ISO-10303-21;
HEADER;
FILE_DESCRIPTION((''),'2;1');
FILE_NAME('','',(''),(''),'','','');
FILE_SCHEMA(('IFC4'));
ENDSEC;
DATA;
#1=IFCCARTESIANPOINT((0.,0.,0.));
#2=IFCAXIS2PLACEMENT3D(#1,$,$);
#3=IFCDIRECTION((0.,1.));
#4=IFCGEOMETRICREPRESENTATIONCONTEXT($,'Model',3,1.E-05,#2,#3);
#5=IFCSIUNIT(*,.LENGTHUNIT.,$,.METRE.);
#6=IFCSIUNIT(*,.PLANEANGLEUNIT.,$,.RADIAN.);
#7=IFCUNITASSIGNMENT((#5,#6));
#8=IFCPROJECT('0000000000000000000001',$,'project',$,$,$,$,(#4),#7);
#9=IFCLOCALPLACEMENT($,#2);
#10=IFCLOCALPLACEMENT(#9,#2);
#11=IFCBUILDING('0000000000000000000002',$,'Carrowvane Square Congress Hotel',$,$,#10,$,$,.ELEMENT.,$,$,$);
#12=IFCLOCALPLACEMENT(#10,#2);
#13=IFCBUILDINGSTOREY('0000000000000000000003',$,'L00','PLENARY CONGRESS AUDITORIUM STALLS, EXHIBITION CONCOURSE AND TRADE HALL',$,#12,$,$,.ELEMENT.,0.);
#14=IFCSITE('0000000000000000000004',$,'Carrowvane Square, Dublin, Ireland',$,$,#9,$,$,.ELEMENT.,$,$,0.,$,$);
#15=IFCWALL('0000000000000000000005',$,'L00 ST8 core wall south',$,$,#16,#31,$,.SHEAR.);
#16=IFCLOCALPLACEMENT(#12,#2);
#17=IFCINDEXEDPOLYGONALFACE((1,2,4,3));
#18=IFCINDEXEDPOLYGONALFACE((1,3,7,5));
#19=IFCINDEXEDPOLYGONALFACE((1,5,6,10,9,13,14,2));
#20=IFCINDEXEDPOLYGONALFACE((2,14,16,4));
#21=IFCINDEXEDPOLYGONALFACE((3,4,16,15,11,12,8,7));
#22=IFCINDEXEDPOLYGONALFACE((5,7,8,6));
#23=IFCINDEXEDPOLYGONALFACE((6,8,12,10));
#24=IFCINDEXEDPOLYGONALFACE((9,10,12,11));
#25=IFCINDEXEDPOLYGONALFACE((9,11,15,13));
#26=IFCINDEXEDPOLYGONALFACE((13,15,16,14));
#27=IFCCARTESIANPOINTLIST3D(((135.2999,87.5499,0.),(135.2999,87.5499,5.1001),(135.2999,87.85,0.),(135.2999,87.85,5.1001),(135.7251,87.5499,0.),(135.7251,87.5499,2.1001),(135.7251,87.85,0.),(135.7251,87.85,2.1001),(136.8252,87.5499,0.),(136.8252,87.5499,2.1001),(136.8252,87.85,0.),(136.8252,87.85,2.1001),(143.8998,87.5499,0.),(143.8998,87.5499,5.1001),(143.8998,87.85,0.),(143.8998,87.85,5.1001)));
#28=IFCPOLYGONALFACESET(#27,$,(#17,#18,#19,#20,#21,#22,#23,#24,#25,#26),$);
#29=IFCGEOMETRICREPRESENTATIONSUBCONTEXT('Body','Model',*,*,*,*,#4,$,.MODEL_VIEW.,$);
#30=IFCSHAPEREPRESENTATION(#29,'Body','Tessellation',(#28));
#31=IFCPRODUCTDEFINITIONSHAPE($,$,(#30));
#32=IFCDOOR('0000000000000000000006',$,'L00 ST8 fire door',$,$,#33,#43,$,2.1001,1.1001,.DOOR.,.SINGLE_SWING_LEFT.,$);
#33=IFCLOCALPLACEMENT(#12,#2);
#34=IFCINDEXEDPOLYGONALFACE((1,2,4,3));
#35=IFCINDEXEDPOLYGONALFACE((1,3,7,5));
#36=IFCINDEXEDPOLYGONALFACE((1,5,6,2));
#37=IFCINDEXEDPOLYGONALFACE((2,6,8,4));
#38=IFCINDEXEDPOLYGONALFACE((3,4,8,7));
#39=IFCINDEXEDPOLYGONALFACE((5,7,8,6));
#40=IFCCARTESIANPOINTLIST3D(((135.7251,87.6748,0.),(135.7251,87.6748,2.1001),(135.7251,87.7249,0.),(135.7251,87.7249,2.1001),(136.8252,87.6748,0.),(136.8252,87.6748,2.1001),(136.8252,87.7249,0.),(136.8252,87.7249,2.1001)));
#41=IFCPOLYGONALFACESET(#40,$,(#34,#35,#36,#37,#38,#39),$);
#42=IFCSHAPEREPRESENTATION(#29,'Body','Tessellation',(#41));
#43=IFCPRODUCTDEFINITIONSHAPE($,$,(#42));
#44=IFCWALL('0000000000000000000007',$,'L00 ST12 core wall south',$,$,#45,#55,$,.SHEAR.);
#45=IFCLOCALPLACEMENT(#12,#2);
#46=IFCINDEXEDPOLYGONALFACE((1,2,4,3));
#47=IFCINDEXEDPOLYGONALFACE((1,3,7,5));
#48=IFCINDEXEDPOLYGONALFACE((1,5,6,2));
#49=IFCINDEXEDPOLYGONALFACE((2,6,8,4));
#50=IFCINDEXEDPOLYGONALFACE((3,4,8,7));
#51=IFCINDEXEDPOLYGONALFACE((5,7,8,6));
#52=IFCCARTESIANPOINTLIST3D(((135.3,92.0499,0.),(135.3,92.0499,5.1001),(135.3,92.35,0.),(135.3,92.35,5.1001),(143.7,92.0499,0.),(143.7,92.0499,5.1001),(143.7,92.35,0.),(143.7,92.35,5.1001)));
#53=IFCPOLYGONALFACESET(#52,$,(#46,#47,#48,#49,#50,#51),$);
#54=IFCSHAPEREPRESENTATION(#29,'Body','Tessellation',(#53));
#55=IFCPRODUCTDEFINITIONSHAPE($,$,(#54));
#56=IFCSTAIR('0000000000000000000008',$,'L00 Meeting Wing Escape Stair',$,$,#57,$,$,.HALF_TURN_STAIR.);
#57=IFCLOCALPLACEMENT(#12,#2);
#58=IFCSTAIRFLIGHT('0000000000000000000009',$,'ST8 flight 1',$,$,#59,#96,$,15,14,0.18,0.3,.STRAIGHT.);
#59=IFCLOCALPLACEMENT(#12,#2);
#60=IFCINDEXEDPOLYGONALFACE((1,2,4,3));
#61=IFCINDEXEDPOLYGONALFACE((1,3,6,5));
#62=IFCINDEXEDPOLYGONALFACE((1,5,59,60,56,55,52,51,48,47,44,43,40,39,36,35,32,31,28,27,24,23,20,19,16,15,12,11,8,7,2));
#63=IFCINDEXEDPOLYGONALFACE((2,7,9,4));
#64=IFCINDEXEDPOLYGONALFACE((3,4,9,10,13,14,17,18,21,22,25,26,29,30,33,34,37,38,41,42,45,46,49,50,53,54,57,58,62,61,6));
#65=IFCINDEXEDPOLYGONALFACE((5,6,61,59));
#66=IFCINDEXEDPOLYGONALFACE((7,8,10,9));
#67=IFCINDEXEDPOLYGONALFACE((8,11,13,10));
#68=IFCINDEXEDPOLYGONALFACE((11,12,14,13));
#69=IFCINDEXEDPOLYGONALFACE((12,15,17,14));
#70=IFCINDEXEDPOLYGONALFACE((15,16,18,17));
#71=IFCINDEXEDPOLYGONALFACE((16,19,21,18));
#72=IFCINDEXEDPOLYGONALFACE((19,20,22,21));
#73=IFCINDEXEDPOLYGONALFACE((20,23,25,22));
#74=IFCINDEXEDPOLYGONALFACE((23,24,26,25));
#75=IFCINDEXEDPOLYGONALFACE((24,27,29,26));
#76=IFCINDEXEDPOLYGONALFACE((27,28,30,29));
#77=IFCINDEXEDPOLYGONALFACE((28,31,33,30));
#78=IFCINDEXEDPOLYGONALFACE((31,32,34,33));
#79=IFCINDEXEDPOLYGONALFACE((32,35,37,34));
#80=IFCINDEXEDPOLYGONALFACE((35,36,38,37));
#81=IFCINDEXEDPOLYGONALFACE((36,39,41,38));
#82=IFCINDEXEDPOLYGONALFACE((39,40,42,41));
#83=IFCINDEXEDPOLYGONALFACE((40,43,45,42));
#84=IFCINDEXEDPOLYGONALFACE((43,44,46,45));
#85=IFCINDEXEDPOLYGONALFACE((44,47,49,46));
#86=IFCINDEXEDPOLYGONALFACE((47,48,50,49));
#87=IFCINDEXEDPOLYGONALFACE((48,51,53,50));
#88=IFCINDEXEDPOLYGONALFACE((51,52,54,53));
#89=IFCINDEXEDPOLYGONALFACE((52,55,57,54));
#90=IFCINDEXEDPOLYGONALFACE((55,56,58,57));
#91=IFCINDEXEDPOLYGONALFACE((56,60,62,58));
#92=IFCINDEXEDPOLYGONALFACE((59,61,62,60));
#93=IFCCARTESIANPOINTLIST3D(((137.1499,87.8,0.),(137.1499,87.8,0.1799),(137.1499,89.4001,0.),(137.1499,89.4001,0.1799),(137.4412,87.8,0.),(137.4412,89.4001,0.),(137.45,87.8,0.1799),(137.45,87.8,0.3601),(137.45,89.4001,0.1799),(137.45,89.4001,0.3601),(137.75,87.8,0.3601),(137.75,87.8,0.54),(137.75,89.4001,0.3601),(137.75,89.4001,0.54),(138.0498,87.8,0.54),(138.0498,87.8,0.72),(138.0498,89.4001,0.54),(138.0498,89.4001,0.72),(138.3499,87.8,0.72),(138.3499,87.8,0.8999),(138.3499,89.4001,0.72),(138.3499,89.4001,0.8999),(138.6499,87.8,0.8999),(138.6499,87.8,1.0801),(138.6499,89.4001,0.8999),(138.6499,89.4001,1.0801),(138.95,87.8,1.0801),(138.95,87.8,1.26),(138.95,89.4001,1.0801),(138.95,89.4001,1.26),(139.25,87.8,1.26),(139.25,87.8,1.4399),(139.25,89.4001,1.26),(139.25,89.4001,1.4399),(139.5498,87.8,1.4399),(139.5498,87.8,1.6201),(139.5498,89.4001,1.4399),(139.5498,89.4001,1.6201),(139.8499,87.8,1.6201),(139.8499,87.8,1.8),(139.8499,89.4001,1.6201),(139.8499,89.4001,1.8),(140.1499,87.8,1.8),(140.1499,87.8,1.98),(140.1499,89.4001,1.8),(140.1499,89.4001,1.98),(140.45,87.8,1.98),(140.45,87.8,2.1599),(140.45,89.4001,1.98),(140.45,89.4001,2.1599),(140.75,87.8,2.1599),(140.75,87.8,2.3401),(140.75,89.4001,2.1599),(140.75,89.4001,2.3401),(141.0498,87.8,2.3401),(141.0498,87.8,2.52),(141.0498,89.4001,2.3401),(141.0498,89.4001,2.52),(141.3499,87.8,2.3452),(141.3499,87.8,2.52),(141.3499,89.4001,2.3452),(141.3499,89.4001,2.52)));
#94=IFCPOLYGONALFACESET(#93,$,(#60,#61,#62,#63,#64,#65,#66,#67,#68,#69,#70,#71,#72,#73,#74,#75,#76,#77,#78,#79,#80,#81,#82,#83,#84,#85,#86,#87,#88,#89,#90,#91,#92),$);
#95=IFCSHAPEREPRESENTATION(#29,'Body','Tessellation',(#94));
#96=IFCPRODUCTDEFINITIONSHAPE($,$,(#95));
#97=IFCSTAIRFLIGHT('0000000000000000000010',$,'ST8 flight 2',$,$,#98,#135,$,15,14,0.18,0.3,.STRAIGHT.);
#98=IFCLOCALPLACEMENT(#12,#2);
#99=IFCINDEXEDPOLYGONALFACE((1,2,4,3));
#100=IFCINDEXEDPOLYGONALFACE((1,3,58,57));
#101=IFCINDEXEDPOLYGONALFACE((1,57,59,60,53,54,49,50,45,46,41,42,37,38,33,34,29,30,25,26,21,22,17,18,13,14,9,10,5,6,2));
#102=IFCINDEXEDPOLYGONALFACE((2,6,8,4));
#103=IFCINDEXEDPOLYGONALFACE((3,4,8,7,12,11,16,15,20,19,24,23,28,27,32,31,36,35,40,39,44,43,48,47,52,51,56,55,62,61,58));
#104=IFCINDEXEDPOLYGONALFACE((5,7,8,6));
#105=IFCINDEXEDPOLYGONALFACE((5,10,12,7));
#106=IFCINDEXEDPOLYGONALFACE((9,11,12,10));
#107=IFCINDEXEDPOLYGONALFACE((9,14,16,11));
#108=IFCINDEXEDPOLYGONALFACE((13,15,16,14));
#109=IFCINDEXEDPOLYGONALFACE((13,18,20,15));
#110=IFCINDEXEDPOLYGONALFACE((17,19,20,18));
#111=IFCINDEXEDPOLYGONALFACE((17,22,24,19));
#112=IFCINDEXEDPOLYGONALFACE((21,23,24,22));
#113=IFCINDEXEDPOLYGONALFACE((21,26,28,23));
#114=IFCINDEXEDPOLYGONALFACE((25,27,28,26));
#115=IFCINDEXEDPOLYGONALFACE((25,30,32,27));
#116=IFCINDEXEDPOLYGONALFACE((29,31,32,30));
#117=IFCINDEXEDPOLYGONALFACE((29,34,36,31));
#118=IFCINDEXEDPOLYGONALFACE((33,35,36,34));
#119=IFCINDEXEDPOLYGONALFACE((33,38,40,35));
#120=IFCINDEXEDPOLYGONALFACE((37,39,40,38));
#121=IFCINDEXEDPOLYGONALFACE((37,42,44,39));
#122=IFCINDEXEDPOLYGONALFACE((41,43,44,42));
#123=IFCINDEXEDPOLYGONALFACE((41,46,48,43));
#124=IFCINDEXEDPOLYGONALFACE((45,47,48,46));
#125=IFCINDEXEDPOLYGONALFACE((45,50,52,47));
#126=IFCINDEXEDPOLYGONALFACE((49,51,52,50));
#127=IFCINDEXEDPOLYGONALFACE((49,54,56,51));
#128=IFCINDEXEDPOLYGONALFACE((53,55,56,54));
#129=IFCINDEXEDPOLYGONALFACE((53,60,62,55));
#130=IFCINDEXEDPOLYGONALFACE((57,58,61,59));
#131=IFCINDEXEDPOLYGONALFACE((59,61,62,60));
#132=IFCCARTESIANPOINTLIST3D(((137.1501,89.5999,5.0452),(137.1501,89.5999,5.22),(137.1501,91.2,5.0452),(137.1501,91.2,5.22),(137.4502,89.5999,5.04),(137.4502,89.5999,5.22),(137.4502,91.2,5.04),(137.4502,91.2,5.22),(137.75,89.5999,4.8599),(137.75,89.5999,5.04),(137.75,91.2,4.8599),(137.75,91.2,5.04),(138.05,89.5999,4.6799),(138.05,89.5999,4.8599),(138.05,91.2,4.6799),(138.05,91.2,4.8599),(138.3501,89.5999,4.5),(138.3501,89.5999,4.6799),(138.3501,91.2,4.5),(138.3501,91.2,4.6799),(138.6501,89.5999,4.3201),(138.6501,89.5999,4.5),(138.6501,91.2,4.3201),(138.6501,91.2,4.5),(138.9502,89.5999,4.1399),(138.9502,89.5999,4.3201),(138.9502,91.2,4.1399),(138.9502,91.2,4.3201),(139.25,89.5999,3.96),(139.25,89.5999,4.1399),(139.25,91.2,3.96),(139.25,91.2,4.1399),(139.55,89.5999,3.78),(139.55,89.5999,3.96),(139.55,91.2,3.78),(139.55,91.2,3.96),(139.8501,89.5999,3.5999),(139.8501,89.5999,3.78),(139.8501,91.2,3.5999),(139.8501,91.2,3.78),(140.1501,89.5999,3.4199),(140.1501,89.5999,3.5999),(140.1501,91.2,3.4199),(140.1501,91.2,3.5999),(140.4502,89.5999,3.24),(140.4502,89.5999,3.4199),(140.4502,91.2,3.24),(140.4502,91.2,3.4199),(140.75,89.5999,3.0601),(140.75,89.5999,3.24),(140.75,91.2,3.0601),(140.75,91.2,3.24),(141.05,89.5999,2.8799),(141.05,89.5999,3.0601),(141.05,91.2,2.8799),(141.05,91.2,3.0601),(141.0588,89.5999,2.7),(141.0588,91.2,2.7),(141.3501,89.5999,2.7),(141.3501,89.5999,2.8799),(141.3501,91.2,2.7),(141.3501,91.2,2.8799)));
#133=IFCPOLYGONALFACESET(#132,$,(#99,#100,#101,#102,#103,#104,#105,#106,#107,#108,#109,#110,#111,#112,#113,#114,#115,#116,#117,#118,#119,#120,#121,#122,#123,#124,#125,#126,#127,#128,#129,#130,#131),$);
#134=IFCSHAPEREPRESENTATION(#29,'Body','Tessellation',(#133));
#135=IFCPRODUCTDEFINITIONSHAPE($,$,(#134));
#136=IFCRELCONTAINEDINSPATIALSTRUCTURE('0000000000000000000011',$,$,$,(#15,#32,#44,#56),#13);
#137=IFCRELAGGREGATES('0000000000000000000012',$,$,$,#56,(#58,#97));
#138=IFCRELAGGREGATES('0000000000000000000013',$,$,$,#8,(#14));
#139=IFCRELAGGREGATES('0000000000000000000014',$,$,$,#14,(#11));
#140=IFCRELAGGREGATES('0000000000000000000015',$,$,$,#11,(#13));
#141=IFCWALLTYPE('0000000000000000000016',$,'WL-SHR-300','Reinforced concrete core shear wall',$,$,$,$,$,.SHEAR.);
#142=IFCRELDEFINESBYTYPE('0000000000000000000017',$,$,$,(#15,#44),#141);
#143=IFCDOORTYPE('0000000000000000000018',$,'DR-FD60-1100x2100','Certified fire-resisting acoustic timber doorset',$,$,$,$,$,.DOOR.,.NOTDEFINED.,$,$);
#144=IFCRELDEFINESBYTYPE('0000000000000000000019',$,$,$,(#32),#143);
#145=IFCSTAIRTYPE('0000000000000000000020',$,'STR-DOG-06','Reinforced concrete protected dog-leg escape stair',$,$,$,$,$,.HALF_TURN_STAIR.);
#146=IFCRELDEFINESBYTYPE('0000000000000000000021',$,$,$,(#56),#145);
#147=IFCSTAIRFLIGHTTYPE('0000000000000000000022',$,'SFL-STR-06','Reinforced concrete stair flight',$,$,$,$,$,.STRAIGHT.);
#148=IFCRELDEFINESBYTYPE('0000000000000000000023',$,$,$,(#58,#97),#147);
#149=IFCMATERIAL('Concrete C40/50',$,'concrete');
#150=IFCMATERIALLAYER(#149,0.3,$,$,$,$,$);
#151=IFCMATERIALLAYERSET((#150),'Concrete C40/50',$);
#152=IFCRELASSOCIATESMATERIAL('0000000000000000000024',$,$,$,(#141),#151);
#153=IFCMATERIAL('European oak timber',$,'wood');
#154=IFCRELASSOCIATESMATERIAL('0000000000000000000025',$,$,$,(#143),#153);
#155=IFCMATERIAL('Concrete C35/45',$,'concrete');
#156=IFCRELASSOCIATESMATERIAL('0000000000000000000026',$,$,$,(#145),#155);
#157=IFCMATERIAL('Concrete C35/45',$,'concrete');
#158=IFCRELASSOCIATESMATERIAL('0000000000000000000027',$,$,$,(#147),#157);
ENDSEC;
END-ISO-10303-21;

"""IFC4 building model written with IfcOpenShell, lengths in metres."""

from ifc_helpers import new_model, si_unit, direction, frame, frame_2d, origin, place, context, subcontext, project, spatial, polyline, rectangle, outline, extrude, material, layer, layer_set, type_object, element, fill, aggregate, save


model = new_model("IFC4")

# Units and contexts
model_context = context("Model", 3, precision=1e-05, world=origin(), true_north=direction((0.0, 1.0)))
body_context = subcontext(model_context, "Body", "Model", "MODEL_VIEW")
ifc_project = project(units=[si_unit("LENGTHUNIT", "METRE"), si_unit("PLANEANGLEUNIT", "RADIAN")], contexts=[model_context])

# Site, building, storey
site_placement = place(None, origin())
site = spatial("IfcSite", under=ifc_project, at=site_placement, Name="Carrowvane Square, Dublin, Ireland", CompositionType="ELEMENT", RefElevation=0.0)
building_placement = place(site_placement, origin())
building = spatial("IfcBuilding", under=site, at=building_placement, Name="Carrowvane Square Congress Hotel", CompositionType="ELEMENT")
storey_placement = place(building_placement, origin())
storey = spatial("IfcBuildingStorey", under=building, at=storey_placement, Name="L00", Description="PLENARY CONGRESS AUDITORIUM STALLS, EXHIBITION CONCOURSE AND TRADE HALL", CompositionType="ELEMENT", Elevation=0.0)

# Wall, opening, door
ifc_material_1 = material(Name="Concrete C40/50", Category="concrete")
ifc_layer_1 = layer(ifc_material_1, 0.3)
ifc_layer_set_1 = layer_set([ifc_layer_1], Name="Concrete C40/50")
wall_type_1 = type_object("IfcWallType", Name="WL-SHR-300", Description="Reinforced concrete core shear wall", PredefinedType="SHEAR", material=ifc_layer_set_1)
wall_1_placement = place(storey_placement, frame((135.3, 87.7, 0.0), z_axis=(0.0, 0.0, 1.0), x_axis=(1.0, 0.0, 0.0)))
wall_1 = element("IfcWall", 1, at=wall_1_placement, inside=storey, type_object=wall_type_1, Name="L00 ST8 core wall south", PredefinedType="SHEAR", context=body_context, shape_type="SweptSolid", body=[
    extrude(rectangle(XDim=8.5999, YDim=0.3, at=frame_2d((4.2998, 0.0))), origin(), (0.0, 0.0, 1.0), 5.1001),
])
opening_1_placement = place(wall_1_placement, frame((0.425, 0.0, 0.0)))
opening_1 = element("IfcOpeningElement", 2, at=opening_1_placement, cuts=wall_1, PredefinedType="OPENING", context=body_context, shape_type="SweptSolid", body=[
    extrude(rectangle(XDim=1.1001, YDim=2.1001, at=frame_2d((0.55, 1.05))), frame((0.0, 0.1599, 0.0), z_axis=(0.0, -1.0, 0.0), x_axis=(1.0, 0.0, 0.0)), (0.0, 0.0, 1.0), 0.3201),
])
ifc_material_2 = material(Name="European oak timber", Category="wood")
door_type_1 = type_object("IfcDoorType", Name="DR-FD60-1100x2100", Description="Certified fire-resisting acoustic timber doorset", OperationType="NOTDEFINED", PredefinedType="DOOR", material=ifc_material_2)
door_1_placement = place(opening_1_placement, origin())
door_1 = element("IfcDoor", 3, at=door_1_placement, inside=storey, type_object=door_type_1, Name="L00 ST8 fire door", OperationType="SINGLE_SWING_LEFT", OverallHeight=2.1001, OverallWidth=1.1001, PredefinedType="DOOR", context=body_context, shape_type="SweptSolid", body=[
    extrude(rectangle(XDim=1.1001, YDim=2.1001, at=frame_2d((0.55, 1.05))), frame((0.0, 0.0249, 0.0), z_axis=(0.0, -1.0, 0.0), x_axis=(1.0, 0.0, 0.0)), (0.0, 0.0, 1.0), 0.05),
])
fill(opening_1, door_1)

# Wall
wall_2_placement = place(storey_placement, frame((135.3, 92.2, 0.0), z_axis=(0.0, 0.0, 1.0), x_axis=(1.0, 0.0, 0.0)))
element("IfcWall", 4, at=wall_2_placement, inside=storey, type_object=wall_type_1, Name="L00 ST12 core wall south", PredefinedType="SHEAR", context=body_context, shape_type="SweptSolid", body=[
    extrude(rectangle(XDim=8.3999, YDim=0.3, at=frame_2d((4.2, 0.0))), origin(), (0.0, 0.0, 1.0), 5.1001),
])

# Stair, stair flights
ifc_material_3 = material(Name="Concrete C35/45", Category="concrete")
stair_type = type_object("IfcStairType", Name="STR-DOG-06", Description="Reinforced concrete protected dog-leg escape stair", PredefinedType="HALF_TURN_STAIR", material=ifc_material_3)
stair_placement = place(storey_placement, origin())
stair = element("IfcStair", 5, at=stair_placement, inside=storey, type_object=stair_type, Name="L00 Meeting Wing Escape Stair", PredefinedType="HALF_TURN_STAIR")
ifc_material_4 = material(Name="Concrete C35/45", Category="concrete")
stair_flight_type = type_object("IfcStairFlightType", Name="SFL-STR-06", Description="Reinforced concrete stair flight", PredefinedType="STRAIGHT", material=ifc_material_4)
stair_flight_1_placement = place(storey_placement, frame((137.1499, 88.6001, 0.0), z_axis=(0.0, 0.0, 1.0), x_axis=(1.0, 0.0, 0.0)))
stair_flight_1 = element("IfcStairFlight", 6, at=stair_flight_1_placement, type_object=stair_flight_type, Name="ST8 flight 1", NumberOfRisers=15, NumberOfTreads=14, PredefinedType="STRAIGHT", RiserHeight=0.18, TreadLength=0.3, context=body_context, shape_type="SweptSolid", body=[
    extrude(outline(polyline([(0.0, 0.0), (0.0, 0.1799), (0.3, 0.1799), (0.3, 0.3601), (0.6001, 0.3601), (0.6001, 0.54), (0.8999, 0.54), (0.8999, 0.72), (1.2, 0.72), (1.2, 0.8999), (1.5, 0.8999), (1.5, 1.0801), (1.8, 1.0801), (1.8, 1.26), (2.1001, 1.26), (2.1001, 1.4399), (2.3999, 1.4399), (2.3999, 1.6201), (2.7, 1.6201), (2.7, 1.8), (3.0, 1.8), (3.0, 1.98), (3.3, 1.98), (3.3, 2.1599), (3.6001, 2.1599), (3.6001, 2.3401), (3.8999, 2.3401), (3.8999, 2.52), (4.2, 2.52), (4.2, 2.7), (4.2, 2.3452), (0.2913, 0.0), (0.0, 0.0)])), frame((0.0, 0.8, 0.0), z_axis=(0.0, -1.0, 0.0), x_axis=(1.0, 0.0, 0.0)), (0.0, 0.0, 1.0), 1.6001),
])
stair_flight_2_placement = place(storey_placement, frame((141.3501, 90.3999, 2.7), z_axis=(0.0, 0.0, 1.0), x_axis=(-1.0, 0.0, 0.0)))
stair_flight_2 = element("IfcStairFlight", 7, at=stair_flight_2_placement, type_object=stair_flight_type, Name="ST8 flight 2", NumberOfRisers=15, NumberOfTreads=14, PredefinedType="STRAIGHT", RiserHeight=0.18, TreadLength=0.3, context=body_context, shape_type="SweptSolid", body=[
    extrude(outline(polyline([(0.0, 0.0), (0.0, 0.1799), (0.3, 0.1799), (0.3, 0.3601), (0.6001, 0.3601), (0.6001, 0.54), (0.8999, 0.54), (0.8999, 0.72), (1.2, 0.72), (1.2, 0.8999), (1.5, 0.8999), (1.5, 1.0801), (1.8, 1.0801), (1.8, 1.26), (2.1001, 1.26), (2.1001, 1.4399), (2.3999, 1.4399), (2.3999, 1.6201), (2.7, 1.6201), (2.7, 1.8), (3.0, 1.8), (3.0, 1.98), (3.3, 1.98), (3.3, 2.1599), (3.6001, 2.1599), (3.6001, 2.3401), (3.8999, 2.3401), (3.8999, 2.52), (4.2, 2.52), (4.2, 2.7), (4.2, 2.3452), (0.2913, 0.0), (0.0, 0.0)])), frame((0.0, 0.8, 0.0), z_axis=(0.0, -1.0, 0.0), x_axis=(1.0, 0.0, 0.0)), (0.0, 0.0, 1.0), 1.6001),
])
aggregate(stair, [stair_flight_1, stair_flight_2])

save(model, "model.ifc")
